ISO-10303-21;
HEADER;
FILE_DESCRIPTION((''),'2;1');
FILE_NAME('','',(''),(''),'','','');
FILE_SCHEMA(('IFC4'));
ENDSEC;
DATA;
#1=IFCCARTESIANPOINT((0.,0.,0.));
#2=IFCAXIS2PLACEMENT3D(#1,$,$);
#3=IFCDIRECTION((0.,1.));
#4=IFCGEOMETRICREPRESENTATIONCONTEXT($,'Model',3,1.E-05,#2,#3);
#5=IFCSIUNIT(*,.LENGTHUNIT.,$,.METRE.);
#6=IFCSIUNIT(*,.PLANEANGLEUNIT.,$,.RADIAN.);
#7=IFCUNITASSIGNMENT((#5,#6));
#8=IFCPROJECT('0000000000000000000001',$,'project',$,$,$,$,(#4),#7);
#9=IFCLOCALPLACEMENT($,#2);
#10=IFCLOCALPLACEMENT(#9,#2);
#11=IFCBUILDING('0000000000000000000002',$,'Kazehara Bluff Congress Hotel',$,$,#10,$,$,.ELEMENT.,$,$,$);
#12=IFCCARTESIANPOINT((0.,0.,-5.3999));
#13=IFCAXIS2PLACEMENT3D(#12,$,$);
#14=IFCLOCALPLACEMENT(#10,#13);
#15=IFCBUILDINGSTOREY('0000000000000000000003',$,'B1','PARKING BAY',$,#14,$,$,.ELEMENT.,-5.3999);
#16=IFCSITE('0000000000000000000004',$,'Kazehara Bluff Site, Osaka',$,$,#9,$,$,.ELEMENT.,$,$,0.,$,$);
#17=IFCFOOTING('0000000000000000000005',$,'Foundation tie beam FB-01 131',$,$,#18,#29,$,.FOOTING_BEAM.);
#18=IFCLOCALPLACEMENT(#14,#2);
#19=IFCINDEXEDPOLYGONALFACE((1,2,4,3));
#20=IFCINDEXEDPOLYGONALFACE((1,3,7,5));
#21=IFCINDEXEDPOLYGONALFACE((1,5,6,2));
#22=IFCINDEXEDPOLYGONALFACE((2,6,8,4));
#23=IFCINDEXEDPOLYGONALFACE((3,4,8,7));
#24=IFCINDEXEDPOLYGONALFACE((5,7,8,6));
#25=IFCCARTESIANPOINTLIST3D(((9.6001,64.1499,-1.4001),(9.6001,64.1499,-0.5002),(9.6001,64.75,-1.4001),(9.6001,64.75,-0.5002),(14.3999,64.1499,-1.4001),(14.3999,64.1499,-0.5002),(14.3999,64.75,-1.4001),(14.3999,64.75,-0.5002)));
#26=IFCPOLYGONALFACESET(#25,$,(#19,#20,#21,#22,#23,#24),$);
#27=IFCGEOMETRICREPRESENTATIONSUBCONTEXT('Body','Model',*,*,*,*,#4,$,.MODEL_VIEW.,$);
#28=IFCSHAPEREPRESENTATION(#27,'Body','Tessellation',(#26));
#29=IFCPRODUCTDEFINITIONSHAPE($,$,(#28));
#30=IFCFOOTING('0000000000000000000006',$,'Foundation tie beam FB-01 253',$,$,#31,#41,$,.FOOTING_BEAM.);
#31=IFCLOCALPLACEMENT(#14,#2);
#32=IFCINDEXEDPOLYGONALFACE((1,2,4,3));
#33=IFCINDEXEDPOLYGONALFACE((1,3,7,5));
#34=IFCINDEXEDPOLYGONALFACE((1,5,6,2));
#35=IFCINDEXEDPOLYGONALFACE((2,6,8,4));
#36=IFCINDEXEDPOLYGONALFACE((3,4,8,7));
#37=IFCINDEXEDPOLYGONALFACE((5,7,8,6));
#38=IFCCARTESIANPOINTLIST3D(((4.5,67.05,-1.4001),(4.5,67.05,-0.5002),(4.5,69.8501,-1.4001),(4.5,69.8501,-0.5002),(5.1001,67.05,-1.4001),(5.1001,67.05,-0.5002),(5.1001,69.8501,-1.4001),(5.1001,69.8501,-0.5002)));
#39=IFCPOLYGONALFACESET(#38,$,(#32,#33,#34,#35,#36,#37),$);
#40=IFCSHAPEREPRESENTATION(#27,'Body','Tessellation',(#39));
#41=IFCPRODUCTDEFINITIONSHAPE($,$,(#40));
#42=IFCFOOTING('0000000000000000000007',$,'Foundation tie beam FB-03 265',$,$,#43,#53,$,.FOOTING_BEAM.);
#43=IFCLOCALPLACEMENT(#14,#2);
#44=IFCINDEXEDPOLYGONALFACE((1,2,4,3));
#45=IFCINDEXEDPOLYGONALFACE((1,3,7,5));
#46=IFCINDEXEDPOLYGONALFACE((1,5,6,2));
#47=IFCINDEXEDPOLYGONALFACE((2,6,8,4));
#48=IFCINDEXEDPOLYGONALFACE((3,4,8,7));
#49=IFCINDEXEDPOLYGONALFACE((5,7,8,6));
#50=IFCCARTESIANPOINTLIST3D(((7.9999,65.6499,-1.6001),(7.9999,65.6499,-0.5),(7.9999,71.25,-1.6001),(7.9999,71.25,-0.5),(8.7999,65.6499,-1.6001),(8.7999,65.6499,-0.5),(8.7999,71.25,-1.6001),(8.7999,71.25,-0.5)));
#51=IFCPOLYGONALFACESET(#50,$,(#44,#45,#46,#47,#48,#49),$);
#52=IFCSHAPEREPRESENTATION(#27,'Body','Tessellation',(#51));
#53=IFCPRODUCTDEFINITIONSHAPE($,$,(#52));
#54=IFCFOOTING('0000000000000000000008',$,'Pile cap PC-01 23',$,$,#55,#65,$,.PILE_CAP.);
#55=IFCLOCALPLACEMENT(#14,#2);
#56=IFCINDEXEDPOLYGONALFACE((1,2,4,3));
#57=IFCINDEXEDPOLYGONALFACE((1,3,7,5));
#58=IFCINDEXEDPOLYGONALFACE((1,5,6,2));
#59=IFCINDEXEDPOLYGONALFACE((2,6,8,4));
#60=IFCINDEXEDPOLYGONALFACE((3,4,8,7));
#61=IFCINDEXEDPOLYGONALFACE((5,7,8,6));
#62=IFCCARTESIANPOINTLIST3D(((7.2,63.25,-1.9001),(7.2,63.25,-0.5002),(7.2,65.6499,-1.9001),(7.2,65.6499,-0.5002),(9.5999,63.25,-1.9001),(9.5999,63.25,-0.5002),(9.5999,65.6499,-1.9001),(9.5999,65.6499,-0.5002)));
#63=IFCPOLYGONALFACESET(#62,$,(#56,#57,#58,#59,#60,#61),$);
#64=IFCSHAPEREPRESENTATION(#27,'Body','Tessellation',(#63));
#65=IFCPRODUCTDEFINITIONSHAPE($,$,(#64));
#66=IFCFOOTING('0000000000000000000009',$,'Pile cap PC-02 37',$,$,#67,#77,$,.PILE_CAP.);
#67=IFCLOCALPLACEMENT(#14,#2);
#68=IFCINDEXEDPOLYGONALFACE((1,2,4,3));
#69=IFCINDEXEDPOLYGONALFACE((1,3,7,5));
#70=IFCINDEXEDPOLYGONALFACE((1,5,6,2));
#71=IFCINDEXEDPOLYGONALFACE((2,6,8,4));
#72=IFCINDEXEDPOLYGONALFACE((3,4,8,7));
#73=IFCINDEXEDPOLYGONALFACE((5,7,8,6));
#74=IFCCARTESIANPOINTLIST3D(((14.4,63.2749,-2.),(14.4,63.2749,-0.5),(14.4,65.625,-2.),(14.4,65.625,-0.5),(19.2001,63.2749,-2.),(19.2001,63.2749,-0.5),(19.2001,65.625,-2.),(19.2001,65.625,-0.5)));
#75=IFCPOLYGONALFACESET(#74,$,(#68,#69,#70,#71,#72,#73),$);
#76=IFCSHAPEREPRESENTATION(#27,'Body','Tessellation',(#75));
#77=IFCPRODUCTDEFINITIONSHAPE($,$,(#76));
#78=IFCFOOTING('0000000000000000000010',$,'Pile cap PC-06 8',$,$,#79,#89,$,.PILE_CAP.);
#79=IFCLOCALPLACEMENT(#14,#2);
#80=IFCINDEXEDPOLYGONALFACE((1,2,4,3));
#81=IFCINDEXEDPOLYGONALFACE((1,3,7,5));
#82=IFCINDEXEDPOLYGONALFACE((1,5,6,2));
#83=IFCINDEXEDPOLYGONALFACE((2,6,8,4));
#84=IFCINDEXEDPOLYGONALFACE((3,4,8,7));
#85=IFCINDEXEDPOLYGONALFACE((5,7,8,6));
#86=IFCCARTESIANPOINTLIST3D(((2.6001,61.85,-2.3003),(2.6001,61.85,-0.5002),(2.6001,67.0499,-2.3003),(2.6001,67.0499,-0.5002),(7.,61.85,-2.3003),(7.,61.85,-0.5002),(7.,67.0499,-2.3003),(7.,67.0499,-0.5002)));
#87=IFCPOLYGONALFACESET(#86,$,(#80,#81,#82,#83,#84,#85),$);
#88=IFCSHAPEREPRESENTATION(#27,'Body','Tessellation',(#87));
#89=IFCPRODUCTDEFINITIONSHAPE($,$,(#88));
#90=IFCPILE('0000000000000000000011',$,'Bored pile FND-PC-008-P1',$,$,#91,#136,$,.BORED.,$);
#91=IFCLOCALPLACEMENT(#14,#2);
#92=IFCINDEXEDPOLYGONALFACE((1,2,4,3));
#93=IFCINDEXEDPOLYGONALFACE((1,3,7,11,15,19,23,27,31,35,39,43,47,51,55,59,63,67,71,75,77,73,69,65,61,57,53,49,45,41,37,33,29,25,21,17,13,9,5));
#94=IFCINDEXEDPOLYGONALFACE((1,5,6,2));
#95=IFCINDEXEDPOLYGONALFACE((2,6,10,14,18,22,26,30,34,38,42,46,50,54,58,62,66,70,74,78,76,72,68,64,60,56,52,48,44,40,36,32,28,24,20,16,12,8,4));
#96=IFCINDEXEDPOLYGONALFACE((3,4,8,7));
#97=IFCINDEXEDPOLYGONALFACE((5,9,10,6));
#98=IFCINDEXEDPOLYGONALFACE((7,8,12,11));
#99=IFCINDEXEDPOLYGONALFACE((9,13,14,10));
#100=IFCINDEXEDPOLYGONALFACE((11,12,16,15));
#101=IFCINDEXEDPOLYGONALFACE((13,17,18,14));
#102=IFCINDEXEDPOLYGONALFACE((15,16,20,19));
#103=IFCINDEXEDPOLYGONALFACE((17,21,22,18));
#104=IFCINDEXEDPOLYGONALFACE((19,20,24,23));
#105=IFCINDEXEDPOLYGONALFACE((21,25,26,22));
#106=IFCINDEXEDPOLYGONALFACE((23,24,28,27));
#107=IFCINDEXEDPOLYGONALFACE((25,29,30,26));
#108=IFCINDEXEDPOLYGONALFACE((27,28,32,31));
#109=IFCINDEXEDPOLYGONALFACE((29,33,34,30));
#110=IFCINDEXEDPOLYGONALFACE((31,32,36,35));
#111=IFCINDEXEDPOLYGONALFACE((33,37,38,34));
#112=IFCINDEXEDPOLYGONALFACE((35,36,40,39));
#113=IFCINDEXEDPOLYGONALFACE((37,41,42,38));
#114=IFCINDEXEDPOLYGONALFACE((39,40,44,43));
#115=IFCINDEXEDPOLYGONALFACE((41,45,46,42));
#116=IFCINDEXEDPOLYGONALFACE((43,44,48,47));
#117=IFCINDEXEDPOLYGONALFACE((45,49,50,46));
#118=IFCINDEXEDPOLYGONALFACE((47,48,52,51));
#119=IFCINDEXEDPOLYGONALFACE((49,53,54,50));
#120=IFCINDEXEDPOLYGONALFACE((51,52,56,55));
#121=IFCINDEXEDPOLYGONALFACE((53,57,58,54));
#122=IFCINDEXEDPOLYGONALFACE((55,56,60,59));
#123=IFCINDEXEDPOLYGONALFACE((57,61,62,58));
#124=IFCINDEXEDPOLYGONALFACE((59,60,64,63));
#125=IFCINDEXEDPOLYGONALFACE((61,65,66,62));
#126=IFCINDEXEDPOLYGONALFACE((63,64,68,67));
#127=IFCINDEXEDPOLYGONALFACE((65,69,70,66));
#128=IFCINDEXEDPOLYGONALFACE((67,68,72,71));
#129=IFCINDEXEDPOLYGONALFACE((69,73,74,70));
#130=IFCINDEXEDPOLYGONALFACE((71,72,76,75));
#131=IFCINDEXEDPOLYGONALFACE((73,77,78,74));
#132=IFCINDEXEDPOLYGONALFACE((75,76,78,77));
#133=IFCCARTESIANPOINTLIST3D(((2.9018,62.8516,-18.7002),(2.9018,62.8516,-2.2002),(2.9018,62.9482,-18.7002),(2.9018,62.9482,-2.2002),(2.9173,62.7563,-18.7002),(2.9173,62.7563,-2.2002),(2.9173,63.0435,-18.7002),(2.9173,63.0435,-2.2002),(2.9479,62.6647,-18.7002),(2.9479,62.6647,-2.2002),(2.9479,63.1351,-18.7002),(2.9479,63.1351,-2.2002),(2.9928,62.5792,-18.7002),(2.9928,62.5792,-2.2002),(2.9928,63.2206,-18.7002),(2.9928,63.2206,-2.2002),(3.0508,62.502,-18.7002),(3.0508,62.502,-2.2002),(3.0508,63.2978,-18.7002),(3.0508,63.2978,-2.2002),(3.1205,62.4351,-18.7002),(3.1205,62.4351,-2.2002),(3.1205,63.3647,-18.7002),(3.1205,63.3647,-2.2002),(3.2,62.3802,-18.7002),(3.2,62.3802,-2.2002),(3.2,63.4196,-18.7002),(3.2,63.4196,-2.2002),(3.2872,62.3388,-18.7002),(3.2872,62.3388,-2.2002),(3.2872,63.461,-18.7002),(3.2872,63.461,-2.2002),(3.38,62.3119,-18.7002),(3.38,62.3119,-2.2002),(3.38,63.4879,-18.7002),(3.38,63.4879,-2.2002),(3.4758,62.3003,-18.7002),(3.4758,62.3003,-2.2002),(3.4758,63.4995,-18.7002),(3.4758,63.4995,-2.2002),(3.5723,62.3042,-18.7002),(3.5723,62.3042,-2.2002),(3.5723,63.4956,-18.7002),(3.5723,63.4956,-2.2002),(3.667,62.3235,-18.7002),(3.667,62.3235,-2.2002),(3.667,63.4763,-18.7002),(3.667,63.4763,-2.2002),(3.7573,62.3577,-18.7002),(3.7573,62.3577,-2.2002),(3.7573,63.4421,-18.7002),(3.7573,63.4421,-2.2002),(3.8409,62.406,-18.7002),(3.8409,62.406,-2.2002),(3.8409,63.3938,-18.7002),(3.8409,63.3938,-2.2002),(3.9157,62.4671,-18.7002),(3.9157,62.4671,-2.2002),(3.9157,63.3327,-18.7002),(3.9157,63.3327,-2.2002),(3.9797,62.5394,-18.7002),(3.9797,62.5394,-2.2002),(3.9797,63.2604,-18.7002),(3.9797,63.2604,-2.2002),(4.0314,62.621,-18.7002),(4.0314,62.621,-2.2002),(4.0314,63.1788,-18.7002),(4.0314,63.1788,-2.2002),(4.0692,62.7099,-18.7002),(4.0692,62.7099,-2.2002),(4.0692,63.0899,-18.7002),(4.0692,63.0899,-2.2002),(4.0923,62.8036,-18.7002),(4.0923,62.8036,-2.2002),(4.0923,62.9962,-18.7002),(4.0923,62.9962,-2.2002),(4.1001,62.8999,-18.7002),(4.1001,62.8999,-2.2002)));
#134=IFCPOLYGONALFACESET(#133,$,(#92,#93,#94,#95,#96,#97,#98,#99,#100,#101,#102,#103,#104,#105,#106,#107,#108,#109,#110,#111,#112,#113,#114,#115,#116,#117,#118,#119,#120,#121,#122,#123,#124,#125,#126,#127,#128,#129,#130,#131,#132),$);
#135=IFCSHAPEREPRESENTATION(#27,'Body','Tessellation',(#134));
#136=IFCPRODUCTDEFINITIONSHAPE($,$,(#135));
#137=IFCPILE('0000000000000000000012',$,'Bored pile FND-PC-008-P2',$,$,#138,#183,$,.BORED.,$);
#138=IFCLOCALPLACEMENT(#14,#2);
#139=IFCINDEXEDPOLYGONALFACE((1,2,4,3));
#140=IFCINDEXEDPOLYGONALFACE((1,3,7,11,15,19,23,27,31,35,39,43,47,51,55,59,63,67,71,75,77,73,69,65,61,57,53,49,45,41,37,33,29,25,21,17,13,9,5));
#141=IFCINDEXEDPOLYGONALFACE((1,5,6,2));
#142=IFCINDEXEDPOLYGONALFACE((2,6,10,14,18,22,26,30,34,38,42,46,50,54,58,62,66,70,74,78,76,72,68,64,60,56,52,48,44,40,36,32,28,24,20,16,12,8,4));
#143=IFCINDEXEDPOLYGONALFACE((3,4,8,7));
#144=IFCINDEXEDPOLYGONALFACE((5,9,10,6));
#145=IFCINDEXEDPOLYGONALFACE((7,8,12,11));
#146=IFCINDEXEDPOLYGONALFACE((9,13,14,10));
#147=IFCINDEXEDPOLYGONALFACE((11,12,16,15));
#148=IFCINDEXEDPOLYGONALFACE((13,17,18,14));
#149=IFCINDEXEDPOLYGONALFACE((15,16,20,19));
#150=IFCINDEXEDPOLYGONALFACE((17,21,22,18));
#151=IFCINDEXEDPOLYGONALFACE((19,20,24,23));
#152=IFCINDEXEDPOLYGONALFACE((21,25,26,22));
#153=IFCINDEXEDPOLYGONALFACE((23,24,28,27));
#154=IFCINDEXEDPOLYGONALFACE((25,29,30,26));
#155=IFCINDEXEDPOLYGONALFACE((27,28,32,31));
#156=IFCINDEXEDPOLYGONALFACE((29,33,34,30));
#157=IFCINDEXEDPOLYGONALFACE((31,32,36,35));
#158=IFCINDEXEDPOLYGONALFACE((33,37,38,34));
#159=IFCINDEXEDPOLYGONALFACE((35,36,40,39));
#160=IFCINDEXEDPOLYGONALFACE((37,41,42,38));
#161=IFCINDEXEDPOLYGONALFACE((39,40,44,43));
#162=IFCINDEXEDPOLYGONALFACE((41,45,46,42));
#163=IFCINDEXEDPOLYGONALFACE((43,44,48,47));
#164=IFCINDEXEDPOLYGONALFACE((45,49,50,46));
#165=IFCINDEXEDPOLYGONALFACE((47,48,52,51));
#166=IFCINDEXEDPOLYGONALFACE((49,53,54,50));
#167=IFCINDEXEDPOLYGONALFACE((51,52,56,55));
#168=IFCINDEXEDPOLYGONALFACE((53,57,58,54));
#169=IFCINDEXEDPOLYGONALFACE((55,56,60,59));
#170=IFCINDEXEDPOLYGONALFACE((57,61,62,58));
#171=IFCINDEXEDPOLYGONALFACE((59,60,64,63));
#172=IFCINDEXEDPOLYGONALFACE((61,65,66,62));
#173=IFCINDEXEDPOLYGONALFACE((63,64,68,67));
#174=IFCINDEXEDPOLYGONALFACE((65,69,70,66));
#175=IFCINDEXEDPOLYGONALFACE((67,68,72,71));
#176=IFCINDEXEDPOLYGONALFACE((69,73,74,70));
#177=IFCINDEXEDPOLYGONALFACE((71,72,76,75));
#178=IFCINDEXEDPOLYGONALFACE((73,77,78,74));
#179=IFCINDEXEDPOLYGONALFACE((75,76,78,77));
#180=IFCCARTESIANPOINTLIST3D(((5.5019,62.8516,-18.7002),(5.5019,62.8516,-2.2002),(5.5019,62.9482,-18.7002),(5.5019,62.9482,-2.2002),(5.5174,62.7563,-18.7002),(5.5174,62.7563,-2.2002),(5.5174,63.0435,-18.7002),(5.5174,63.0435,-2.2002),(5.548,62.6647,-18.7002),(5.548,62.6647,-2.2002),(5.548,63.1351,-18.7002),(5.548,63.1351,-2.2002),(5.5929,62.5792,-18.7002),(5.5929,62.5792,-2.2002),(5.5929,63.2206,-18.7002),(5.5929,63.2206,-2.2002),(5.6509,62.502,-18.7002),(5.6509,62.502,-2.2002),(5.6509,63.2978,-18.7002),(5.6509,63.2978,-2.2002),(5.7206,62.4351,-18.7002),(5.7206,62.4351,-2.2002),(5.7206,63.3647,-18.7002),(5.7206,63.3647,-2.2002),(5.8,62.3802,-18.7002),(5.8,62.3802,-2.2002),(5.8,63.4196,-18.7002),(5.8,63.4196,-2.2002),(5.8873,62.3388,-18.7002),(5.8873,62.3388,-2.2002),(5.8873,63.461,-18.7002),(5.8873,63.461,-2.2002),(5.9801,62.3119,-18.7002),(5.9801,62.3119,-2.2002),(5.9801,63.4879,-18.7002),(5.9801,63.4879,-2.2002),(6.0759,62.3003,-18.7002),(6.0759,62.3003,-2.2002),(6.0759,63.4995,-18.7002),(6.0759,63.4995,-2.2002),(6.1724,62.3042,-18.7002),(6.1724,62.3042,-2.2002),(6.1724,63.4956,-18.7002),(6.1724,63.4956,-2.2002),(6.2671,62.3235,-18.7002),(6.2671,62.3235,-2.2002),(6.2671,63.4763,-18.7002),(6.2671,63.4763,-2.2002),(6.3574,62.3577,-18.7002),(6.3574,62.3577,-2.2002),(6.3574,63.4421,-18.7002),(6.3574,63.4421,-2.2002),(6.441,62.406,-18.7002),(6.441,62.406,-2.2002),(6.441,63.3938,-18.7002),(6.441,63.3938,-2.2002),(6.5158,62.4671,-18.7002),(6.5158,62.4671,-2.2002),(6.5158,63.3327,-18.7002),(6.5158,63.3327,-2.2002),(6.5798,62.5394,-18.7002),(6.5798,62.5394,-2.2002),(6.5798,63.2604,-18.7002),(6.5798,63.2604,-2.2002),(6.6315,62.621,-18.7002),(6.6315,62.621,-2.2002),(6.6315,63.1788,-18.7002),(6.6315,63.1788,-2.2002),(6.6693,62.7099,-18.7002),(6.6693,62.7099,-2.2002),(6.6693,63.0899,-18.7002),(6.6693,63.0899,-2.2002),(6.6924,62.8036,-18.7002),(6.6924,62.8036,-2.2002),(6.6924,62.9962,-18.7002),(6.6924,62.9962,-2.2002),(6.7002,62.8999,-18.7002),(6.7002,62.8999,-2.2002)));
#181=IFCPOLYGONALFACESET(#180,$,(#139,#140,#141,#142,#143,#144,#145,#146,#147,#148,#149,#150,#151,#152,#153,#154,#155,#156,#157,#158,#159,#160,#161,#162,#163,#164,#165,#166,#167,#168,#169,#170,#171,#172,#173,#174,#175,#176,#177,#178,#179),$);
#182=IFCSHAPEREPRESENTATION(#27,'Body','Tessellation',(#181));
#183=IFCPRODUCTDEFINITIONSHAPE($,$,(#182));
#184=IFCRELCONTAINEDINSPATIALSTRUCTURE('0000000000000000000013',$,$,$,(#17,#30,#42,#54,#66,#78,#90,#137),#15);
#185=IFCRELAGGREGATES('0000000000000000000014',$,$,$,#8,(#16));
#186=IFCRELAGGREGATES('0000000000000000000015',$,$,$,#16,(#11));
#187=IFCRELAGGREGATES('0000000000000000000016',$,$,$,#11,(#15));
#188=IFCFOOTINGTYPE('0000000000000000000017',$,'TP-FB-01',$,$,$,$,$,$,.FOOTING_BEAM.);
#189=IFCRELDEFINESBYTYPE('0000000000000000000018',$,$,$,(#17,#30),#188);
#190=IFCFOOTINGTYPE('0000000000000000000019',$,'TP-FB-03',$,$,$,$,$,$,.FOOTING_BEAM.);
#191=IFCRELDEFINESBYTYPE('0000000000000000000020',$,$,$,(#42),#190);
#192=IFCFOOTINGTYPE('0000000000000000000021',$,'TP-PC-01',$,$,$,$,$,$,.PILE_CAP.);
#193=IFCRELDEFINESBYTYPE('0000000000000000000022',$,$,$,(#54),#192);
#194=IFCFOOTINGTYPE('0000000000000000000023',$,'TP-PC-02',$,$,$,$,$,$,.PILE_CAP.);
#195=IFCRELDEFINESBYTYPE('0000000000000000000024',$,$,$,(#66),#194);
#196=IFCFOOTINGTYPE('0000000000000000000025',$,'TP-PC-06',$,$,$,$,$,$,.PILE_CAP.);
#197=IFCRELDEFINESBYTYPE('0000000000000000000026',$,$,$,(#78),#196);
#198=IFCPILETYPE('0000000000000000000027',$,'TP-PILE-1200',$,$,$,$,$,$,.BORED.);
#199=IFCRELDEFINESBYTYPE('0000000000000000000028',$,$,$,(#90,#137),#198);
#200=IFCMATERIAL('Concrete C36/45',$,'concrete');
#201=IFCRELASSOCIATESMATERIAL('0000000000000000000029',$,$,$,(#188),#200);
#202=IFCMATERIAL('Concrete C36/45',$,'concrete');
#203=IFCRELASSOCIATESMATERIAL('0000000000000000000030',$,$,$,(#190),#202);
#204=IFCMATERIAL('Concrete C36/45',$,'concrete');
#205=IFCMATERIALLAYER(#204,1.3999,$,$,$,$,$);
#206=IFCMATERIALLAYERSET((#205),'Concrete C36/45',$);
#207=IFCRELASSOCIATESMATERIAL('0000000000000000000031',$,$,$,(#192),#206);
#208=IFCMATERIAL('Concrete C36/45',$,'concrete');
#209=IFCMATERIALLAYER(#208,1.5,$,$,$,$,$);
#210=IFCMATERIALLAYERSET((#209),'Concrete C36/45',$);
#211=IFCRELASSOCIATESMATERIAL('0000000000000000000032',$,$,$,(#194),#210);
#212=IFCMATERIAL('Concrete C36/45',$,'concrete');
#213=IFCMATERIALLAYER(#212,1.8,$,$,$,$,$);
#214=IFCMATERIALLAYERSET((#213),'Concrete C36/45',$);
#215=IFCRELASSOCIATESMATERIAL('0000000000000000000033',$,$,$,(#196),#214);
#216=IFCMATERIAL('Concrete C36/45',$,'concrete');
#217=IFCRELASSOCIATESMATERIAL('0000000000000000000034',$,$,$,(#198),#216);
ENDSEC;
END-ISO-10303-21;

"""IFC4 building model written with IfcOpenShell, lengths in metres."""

from ifc_helpers import new_model, si_unit, direction, frame, origin, origin_2d, place, context, subcontext, project, spatial, rectangle, circle, extrude, material, layer, layer_set, material_profile, profile_set, type_object, element, save


model = new_model("IFC4")

# Units and contexts
model_context = context("Model", 3, precision=1e-05, world=origin(), true_north=direction((0.0, 1.0)))
body_context = subcontext(model_context, "Body", "Model", "MODEL_VIEW")
ifc_project = project(units=[si_unit("LENGTHUNIT", "METRE"), si_unit("PLANEANGLEUNIT", "RADIAN")], contexts=[model_context])

# Site, building, storey
site_placement = place(None, origin())
site = spatial("IfcSite", under=ifc_project, at=site_placement, Name="Kazehara Bluff Site, Osaka", CompositionType="ELEMENT", RefElevation=0.0)
building_placement = place(site_placement, origin())
building = spatial("IfcBuilding", under=site, at=building_placement, Name="Kazehara Bluff Congress Hotel", CompositionType="ELEMENT")
storey_placement = place(building_placement, frame((0.0, 0.0, -5.3999)))
storey = spatial("IfcBuildingStorey", under=building, at=storey_placement, Name="B1", Description="PARKING BAY", CompositionType="ELEMENT", Elevation=-5.3999)

# Footings
ifc_material_1 = material(Name="Concrete C36/45", Category="concrete")
ifc_material_profile_1 = material_profile(ifc_material_1, rectangle(XDim=0.6001, YDim=0.8999, at=origin_2d()))
ifc_profile_set_1 = profile_set([ifc_material_profile_1], Name="Concrete C36/45")
footing_type_1 = type_object("IfcFootingType", Name="TP-FB-01", PredefinedType="FOOTING_BEAM", material=ifc_profile_set_1)
footing_1_placement = place(storey_placement, frame((9.6001, 64.45, -0.9502), z_axis=(1.0, 0.0, 0.0), x_axis=(0.0, 1.0, 0.0)))
element("IfcFooting", 1, at=footing_1_placement, inside=storey, type_object=footing_type_1, Name="Foundation tie beam FB-01 131", PredefinedType="FOOTING_BEAM", context=body_context, shape_type="SweptSolid", body=[
    extrude(rectangle(XDim=0.6001, YDim=0.8999, at=origin_2d()), origin(), (0.0, 0.0, 1.0), 4.7998),
])
footing_2_placement = place(storey_placement, frame((4.8, 67.05, -0.9502), z_axis=(0.0, 1.0, 0.0), x_axis=(-1.0, 0.0, 0.0)))
element("IfcFooting", 2, at=footing_2_placement, inside=storey, type_object=footing_type_1, Name="Foundation tie beam FB-01 253", PredefinedType="FOOTING_BEAM", context=body_context, shape_type="SweptSolid", body=[
    extrude(rectangle(XDim=0.6001, YDim=0.8999, at=origin_2d()), origin(), (0.0, 0.0, 1.0), 2.8),
])
ifc_material_2 = material(Name="Concrete C36/45", Category="concrete")
ifc_material_profile_2 = material_profile(ifc_material_2, rectangle(XDim=0.8, YDim=1.1001, at=origin_2d()))
ifc_profile_set_2 = profile_set([ifc_material_profile_2], Name="Concrete C36/45")
footing_type_2 = type_object("IfcFootingType", Name="TP-FB-03", PredefinedType="FOOTING_BEAM", material=ifc_profile_set_2)
footing_3_placement = place(storey_placement, frame((8.3999, 65.6499, -1.05), z_axis=(0.0, 1.0, 0.0), x_axis=(-1.0, 0.0, 0.0)))
element("IfcFooting", 3, at=footing_3_placement, inside=storey, type_object=footing_type_2, Name="Foundation tie beam FB-03 265", PredefinedType="FOOTING_BEAM", context=body_context, shape_type="SweptSolid", body=[
    extrude(rectangle(XDim=0.8, YDim=1.1001, at=origin_2d()), origin(), (0.0, 0.0, 1.0), 5.6001),
])
ifc_material_3 = material(Name="Concrete C36/45", Category="concrete")
ifc_layer_1 = layer(ifc_material_3, 1.3999)
ifc_layer_set_1 = layer_set([ifc_layer_1], Name="Concrete C36/45")
footing_type_3 = type_object("IfcFootingType", Name="TP-PC-01", PredefinedType="PILE_CAP", material=ifc_layer_set_1)
footing_4_placement = place(storey_placement, frame((8.3999, 64.45, -1.9001), z_axis=(0.0, 0.0, 1.0), x_axis=(1.0, 0.0, 0.0)))
element("IfcFooting", 4, at=footing_4_placement, inside=storey, type_object=footing_type_3, Name="Pile cap PC-01 23", PredefinedType="PILE_CAP", context=body_context, shape_type="SweptSolid", body=[
    extrude(rectangle(XDim=2.3999, YDim=2.3999, at=origin_2d()), origin(), (0.0, 0.0, 1.0), 1.3999),
])
ifc_material_4 = material(Name="Concrete C36/45", Category="concrete")
ifc_layer_2 = layer(ifc_material_4, 1.5)
ifc_layer_set_2 = layer_set([ifc_layer_2], Name="Concrete C36/45")
footing_type_4 = type_object("IfcFootingType", Name="TP-PC-02", PredefinedType="PILE_CAP", material=ifc_layer_set_2)
footing_5_placement = place(storey_placement, frame((16.8, 64.45, -2.0), z_axis=(0.0, 0.0, 1.0), x_axis=(1.0, 0.0, 0.0)))
element("IfcFooting", 5, at=footing_5_placement, inside=storey, type_object=footing_type_4, Name="Pile cap PC-02 37", PredefinedType="PILE_CAP", context=body_context, shape_type="SweptSolid", body=[
    extrude(rectangle(XDim=4.8, YDim=2.3501, at=origin_2d()), origin(), (0.0, 0.0, 1.0), 1.5),
])
ifc_material_5 = material(Name="Concrete C36/45", Category="concrete")
ifc_layer_3 = layer(ifc_material_5, 1.8)
ifc_layer_set_3 = layer_set([ifc_layer_3], Name="Concrete C36/45")
footing_type_5 = type_object("IfcFootingType", Name="TP-PC-06", PredefinedType="PILE_CAP", material=ifc_layer_set_3)
footing_6_placement = place(storey_placement, frame((4.8, 64.45, -2.3003), z_axis=(0.0, 0.0, 1.0), x_axis=(1.0, 0.0, 0.0)))
element("IfcFooting", 6, at=footing_6_placement, inside=storey, type_object=footing_type_5, Name="Pile cap PC-06 8", PredefinedType="PILE_CAP", context=body_context, shape_type="SweptSolid", body=[
    extrude(rectangle(XDim=4.3999, YDim=5.2, at=origin_2d()), origin(), (0.0, 0.0, 1.0), 1.8),
])

# Piles
ifc_material_6 = material(Name="Concrete C36/45", Category="concrete")
ifc_material_profile_3 = material_profile(ifc_material_6, circle(Radius=0.6001, at=origin_2d()))
ifc_profile_set_3 = profile_set([ifc_material_profile_3], Name="Concrete C36/45")
pile_type = type_object("IfcPileType", Name="TP-PILE-1200", PredefinedType="BORED", material=ifc_profile_set_3)
for number, where, z_axis, x_axis, name in (
    (7, (3.5, 62.8999, -2.2002), (0.0, 0.0, -1.0), (1.0, 0.0, 0.0), "Bored pile FND-PC-008-P1"),
    (8, (6.1001, 62.8999, -2.2002), (0.0, 0.0, -1.0), (1.0, 0.0, 0.0), "Bored pile FND-PC-008-P2"),
):
    element("IfcPile", number, at=place(storey_placement, frame(where, z_axis=z_axis, x_axis=x_axis)), inside=storey, type_object=pile_type, Name=name, PredefinedType="BORED", context=body_context, shape_type="SweptSolid", body=[
        extrude(circle(Radius=0.6001, at=origin_2d()), origin(), (0.0, 0.0, 1.0), 16.5),
    ])

save(model, "model.ifc")
